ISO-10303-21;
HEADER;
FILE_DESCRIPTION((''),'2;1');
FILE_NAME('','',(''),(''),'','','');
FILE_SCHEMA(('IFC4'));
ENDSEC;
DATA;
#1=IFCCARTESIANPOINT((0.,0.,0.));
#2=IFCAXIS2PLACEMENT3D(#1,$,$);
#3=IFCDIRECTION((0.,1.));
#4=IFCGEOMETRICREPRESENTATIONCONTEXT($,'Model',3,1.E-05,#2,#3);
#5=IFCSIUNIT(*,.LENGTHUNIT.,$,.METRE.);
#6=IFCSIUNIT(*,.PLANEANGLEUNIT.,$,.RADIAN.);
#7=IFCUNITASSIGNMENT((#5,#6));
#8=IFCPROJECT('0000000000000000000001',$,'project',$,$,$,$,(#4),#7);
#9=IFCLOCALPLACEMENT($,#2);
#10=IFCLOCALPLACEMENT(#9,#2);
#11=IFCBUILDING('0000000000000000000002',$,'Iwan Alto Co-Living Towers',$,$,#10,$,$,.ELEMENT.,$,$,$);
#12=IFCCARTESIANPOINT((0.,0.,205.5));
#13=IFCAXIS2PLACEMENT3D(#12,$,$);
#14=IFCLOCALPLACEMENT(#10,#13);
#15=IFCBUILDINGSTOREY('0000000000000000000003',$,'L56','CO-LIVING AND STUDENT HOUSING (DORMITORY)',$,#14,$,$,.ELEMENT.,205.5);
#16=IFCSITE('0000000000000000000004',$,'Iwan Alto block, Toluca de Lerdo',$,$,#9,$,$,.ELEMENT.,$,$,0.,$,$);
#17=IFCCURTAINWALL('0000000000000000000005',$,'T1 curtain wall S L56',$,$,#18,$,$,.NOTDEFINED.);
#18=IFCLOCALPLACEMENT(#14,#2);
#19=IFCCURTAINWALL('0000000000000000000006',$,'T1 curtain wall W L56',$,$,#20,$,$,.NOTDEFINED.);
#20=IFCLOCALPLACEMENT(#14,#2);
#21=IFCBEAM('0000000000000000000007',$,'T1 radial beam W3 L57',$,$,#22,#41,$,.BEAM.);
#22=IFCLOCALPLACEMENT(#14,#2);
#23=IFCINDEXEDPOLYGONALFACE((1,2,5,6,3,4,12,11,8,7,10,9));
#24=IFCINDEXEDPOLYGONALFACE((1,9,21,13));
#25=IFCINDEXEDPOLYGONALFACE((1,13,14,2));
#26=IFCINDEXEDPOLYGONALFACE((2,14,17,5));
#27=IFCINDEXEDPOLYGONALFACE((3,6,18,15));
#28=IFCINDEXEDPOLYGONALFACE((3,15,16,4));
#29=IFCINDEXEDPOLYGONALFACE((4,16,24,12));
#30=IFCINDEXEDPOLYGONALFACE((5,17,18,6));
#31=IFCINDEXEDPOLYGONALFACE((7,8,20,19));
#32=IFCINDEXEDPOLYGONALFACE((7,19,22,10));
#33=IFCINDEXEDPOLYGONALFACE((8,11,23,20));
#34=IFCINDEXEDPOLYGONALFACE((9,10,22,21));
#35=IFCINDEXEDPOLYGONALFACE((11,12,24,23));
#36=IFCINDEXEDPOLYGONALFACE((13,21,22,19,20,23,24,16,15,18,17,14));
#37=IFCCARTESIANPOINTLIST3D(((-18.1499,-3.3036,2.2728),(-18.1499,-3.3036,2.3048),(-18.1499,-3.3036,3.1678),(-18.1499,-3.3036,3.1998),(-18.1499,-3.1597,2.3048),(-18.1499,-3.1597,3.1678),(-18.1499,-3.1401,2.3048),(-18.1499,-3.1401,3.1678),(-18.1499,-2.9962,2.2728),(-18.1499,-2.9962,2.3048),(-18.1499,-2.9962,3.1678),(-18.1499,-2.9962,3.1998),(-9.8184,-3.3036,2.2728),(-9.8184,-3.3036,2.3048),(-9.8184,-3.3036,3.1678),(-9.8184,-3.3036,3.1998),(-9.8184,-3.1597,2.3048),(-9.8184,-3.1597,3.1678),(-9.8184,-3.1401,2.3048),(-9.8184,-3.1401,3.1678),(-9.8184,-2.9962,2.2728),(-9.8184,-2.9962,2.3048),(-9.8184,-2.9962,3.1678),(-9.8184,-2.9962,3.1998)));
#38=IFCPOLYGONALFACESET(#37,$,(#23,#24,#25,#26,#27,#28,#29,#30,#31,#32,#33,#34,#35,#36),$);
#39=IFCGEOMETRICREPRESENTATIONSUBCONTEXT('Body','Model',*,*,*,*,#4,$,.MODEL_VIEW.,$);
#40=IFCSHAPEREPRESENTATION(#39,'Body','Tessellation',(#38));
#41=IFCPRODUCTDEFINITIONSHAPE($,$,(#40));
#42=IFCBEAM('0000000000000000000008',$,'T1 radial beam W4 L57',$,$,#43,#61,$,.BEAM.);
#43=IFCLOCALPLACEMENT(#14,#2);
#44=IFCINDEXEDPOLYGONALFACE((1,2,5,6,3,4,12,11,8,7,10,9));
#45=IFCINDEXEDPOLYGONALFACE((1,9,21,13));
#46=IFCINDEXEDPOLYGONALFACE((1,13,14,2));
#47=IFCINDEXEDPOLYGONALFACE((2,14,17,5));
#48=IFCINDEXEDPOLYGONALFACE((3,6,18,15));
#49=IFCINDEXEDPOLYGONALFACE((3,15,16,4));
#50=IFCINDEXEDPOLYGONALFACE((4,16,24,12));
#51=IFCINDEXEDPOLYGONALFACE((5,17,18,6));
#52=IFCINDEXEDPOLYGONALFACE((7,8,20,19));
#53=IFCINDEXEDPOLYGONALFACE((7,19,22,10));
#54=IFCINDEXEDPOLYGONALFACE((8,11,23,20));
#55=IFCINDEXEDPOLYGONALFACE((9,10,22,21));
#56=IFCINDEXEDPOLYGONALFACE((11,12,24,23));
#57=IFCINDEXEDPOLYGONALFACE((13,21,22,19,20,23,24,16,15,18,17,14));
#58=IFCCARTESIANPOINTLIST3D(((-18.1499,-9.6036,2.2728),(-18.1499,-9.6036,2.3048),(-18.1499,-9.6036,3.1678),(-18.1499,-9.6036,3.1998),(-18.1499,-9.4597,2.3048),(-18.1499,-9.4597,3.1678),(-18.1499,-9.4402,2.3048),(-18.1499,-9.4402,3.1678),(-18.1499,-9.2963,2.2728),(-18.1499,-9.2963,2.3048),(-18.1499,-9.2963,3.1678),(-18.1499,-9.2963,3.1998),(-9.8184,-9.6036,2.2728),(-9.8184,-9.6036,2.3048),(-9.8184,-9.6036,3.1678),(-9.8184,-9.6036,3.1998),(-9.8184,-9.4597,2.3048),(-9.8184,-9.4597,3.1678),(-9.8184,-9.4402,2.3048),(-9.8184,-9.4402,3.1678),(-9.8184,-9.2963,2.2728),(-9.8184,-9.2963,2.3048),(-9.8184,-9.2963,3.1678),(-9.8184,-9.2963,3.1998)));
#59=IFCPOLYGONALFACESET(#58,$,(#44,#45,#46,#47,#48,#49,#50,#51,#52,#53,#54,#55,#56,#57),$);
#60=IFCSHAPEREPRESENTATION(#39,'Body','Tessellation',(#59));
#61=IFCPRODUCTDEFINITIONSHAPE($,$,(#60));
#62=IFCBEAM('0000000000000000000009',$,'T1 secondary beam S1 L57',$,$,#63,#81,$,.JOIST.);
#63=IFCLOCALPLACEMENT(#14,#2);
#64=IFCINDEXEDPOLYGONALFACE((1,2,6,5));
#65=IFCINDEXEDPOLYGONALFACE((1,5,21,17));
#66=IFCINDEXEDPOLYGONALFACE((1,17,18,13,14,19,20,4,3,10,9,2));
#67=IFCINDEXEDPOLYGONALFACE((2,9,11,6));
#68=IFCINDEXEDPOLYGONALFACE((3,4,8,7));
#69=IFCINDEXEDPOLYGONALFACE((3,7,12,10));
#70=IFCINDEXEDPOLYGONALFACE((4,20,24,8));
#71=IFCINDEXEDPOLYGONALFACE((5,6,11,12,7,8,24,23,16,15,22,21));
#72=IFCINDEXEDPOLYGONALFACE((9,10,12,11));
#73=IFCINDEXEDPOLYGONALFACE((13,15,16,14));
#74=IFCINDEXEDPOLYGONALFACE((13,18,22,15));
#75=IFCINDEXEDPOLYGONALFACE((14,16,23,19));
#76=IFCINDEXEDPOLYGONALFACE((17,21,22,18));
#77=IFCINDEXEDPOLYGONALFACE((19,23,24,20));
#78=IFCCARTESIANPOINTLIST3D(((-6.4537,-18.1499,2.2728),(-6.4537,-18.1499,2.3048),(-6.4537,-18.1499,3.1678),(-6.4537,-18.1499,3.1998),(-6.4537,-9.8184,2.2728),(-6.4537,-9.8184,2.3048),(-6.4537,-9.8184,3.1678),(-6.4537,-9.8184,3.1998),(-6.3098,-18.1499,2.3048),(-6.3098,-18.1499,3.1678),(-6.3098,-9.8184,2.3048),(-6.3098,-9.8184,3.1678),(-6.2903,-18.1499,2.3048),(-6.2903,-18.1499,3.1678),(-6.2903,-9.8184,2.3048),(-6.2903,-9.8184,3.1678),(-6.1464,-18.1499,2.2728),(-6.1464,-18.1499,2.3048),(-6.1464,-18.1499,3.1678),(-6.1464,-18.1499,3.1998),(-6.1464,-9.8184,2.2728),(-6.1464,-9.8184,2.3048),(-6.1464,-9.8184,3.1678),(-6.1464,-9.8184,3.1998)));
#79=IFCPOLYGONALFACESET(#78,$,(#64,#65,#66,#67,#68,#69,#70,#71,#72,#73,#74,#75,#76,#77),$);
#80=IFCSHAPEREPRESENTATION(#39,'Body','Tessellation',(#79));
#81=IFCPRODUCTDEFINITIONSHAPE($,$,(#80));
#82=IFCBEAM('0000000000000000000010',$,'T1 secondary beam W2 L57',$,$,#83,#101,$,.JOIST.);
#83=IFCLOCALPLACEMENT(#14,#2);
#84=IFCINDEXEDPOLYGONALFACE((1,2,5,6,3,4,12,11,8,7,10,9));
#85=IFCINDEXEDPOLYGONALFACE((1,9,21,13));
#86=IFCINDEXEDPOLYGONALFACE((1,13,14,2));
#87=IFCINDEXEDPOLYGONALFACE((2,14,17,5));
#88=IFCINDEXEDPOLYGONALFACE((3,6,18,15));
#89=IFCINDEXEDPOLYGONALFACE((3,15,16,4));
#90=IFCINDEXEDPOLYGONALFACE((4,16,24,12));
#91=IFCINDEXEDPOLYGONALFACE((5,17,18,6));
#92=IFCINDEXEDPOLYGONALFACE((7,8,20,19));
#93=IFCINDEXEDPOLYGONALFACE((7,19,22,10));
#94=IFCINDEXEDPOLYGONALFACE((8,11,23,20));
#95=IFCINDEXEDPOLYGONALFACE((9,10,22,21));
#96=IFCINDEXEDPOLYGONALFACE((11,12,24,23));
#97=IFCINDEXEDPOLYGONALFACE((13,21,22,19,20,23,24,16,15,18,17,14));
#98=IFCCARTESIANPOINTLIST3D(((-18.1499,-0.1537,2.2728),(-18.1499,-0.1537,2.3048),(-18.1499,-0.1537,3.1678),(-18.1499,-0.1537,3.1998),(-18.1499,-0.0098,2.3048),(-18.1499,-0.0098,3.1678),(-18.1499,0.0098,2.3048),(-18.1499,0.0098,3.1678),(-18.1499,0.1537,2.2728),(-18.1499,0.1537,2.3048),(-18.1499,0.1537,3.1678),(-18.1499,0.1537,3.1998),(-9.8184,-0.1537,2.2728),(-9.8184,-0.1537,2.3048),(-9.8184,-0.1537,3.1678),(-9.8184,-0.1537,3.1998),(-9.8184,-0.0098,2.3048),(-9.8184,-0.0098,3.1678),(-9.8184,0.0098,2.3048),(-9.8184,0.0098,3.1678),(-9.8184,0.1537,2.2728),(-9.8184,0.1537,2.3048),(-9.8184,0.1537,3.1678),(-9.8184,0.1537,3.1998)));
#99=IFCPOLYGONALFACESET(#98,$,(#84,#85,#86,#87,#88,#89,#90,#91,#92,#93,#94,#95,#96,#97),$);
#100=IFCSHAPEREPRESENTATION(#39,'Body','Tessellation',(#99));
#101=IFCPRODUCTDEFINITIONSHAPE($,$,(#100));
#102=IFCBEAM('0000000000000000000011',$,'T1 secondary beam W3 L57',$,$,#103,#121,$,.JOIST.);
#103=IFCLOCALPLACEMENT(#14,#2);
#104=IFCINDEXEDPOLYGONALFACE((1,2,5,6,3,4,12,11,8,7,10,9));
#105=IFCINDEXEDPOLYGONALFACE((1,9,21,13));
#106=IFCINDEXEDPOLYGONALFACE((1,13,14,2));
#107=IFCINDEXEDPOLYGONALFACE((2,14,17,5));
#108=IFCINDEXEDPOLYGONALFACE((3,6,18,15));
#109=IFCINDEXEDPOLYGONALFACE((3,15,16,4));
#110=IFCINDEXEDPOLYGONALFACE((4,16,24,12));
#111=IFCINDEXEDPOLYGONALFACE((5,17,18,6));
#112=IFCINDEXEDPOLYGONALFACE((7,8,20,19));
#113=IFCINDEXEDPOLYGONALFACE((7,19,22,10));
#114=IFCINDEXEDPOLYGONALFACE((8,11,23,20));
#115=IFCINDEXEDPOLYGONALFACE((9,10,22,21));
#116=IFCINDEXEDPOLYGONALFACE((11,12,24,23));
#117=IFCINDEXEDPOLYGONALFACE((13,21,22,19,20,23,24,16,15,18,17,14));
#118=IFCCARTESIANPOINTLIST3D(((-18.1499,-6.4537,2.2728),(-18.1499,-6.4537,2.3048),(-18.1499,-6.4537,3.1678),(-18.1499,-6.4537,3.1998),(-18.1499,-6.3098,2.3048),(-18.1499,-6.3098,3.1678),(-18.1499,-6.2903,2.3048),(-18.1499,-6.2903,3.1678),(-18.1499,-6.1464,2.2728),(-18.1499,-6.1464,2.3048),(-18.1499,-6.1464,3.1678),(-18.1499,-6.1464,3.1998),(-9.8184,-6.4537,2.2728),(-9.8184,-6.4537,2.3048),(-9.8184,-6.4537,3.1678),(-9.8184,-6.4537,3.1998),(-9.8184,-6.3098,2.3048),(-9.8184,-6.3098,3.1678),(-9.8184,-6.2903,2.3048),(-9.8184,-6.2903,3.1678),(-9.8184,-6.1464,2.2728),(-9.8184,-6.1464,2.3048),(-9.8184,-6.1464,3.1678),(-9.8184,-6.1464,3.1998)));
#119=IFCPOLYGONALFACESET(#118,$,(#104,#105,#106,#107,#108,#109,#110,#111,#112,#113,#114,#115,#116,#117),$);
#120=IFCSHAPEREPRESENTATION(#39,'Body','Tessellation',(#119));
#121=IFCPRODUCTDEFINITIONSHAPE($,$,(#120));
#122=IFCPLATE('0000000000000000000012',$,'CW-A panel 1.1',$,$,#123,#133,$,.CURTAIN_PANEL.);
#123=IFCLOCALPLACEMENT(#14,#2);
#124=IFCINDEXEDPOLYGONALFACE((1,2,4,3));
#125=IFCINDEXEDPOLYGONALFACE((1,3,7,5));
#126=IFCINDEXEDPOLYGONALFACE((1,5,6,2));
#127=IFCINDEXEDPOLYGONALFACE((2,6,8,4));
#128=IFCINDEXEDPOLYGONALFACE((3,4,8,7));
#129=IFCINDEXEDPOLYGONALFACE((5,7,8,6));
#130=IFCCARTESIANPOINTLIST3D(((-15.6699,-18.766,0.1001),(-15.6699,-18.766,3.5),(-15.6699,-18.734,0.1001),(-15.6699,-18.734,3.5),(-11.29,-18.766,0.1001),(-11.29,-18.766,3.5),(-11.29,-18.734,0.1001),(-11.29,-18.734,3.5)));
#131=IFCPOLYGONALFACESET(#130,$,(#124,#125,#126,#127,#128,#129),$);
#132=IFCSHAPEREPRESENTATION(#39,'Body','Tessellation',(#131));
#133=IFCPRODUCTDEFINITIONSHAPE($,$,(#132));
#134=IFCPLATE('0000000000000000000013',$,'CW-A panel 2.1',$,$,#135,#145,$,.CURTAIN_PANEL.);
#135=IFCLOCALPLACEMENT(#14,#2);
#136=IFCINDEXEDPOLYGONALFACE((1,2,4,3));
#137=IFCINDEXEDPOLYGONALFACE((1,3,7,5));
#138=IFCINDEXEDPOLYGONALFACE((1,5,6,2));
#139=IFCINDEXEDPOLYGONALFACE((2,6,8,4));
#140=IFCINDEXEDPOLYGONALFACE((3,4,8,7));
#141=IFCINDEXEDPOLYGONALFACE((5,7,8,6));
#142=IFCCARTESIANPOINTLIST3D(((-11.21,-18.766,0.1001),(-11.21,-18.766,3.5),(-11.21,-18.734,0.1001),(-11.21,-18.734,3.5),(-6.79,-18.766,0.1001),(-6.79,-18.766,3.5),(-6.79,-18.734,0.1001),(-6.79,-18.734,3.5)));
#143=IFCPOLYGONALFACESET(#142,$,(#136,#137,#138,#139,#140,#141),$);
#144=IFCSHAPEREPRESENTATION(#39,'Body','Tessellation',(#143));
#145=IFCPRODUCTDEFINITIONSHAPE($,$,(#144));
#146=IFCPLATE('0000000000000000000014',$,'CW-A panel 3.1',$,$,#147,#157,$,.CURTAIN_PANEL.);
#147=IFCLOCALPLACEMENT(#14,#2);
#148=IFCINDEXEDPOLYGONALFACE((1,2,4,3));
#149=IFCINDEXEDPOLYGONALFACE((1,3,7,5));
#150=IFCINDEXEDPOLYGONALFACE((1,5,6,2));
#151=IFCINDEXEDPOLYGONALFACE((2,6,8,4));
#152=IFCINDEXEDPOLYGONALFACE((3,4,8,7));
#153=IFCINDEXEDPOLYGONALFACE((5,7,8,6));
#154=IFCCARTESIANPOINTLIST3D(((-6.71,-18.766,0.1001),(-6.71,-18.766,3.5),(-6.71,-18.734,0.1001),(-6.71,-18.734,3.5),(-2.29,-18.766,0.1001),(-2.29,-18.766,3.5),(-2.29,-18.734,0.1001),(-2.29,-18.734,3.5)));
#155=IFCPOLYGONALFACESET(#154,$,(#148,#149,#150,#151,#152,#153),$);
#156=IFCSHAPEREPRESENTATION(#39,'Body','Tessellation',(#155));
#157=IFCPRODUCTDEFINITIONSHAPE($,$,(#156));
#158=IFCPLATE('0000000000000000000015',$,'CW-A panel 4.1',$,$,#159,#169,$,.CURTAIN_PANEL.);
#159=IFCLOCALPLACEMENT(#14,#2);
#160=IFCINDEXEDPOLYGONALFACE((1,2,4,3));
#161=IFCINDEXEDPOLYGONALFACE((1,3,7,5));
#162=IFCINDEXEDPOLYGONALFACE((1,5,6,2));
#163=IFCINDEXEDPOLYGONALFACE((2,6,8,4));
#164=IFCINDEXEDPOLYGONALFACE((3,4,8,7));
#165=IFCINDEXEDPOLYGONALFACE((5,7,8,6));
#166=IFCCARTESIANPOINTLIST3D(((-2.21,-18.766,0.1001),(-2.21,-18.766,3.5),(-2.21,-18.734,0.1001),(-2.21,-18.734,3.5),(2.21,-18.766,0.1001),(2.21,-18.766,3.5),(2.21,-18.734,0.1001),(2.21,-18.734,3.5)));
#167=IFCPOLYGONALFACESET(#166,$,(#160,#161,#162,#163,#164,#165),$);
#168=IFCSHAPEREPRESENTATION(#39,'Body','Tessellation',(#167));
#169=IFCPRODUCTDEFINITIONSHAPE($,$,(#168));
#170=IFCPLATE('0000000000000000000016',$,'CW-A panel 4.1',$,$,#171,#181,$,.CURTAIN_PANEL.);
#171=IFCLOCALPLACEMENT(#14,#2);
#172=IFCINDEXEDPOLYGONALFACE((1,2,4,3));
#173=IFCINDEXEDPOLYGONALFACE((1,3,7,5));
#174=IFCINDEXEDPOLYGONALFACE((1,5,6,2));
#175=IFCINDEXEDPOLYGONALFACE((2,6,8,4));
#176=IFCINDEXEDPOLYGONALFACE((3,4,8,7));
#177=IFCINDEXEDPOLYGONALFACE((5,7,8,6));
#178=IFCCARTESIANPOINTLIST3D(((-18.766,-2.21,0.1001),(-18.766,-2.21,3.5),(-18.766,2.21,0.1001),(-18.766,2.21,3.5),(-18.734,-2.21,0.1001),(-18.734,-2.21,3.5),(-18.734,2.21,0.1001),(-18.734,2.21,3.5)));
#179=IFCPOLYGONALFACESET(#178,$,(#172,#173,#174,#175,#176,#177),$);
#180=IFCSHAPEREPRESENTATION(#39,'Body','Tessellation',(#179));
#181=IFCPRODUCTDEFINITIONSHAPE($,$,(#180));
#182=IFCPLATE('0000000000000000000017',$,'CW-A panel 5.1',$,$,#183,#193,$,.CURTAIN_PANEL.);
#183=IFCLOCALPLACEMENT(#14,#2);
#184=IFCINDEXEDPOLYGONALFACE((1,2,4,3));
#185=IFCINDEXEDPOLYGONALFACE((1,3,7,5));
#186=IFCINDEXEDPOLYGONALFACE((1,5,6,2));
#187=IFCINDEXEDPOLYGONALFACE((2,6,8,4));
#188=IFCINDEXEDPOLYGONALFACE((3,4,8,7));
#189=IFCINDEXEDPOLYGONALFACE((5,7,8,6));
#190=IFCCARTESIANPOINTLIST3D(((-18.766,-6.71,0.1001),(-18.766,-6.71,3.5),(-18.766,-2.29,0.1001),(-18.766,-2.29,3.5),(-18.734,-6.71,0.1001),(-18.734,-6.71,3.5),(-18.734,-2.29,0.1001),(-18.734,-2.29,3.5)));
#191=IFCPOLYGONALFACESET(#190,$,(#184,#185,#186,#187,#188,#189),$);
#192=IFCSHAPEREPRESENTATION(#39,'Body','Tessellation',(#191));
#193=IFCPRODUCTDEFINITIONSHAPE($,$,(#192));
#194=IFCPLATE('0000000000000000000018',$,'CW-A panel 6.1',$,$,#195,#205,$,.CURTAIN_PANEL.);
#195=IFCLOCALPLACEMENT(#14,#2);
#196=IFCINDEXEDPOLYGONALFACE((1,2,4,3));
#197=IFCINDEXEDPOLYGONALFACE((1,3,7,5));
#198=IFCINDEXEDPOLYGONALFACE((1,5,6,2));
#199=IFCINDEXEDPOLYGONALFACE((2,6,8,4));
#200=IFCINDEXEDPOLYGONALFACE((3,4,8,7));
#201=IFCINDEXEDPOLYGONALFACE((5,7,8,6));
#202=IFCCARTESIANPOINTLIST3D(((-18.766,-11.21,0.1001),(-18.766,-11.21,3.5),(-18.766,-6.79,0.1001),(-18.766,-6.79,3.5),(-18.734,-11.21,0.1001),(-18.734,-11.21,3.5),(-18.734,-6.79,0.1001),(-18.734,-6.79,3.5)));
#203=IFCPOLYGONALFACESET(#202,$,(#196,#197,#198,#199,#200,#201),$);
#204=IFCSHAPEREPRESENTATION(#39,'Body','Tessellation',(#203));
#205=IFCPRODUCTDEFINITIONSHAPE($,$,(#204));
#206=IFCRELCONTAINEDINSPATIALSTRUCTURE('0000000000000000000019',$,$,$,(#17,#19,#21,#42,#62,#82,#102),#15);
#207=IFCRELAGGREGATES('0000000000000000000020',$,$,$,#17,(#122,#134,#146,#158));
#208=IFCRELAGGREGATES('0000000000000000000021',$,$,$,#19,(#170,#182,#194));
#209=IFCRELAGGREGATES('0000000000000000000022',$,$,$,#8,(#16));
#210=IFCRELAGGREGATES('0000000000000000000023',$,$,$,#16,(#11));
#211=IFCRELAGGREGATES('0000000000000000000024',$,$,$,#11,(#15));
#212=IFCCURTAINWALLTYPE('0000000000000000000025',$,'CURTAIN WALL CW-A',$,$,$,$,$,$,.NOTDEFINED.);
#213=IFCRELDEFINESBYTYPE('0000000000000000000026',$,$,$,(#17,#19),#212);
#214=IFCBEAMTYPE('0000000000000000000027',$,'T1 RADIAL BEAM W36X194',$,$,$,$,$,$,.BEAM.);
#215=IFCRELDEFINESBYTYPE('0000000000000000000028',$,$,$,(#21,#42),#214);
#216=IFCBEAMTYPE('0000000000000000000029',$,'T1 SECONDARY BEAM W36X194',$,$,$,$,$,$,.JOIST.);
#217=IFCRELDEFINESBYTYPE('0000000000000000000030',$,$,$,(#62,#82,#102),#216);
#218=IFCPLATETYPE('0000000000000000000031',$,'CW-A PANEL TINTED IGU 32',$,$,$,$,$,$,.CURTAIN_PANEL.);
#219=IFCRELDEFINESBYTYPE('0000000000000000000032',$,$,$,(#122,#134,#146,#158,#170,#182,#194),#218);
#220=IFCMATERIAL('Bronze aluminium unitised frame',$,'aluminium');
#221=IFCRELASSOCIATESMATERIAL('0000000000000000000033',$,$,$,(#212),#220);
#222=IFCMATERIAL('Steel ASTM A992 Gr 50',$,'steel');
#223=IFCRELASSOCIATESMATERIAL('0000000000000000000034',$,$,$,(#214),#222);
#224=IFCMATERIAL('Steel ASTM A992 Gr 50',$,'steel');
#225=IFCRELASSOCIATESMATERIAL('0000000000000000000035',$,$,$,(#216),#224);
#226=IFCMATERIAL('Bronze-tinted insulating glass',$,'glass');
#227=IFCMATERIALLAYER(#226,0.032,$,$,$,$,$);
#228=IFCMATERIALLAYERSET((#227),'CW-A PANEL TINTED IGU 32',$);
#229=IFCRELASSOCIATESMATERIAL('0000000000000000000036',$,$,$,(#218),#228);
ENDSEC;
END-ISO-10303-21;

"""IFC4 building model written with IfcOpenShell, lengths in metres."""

from ifc_helpers import new_model, si_unit, direction, frame, origin, origin_2d, place, context, subcontext, project, spatial, rectangle, i_section, extrude, material, layer, layer_set, material_profile, profile_set, type_object, element, aggregate, save


model = new_model("IFC4")

# Units and contexts
model_context = context("Model", 3, precision=1e-05, world=origin(), true_north=direction((0.0, 1.0)))
body_context = subcontext(model_context, "Body", "Model", "MODEL_VIEW")
ifc_project = project(units=[si_unit("LENGTHUNIT", "METRE"), si_unit("PLANEANGLEUNIT", "RADIAN")], contexts=[model_context])

# Site, building, storey
site_placement = place(None, origin())
site = spatial("IfcSite", under=ifc_project, at=site_placement, Name="Iwan Alto block, Toluca de Lerdo", CompositionType="ELEMENT", RefElevation=0.0)
building_placement = place(site_placement, origin())
building = spatial("IfcBuilding", under=site, at=building_placement, Name="Iwan Alto Co-Living Towers", CompositionType="ELEMENT")
storey_placement = place(building_placement, frame((0.0, 0.0, 205.5)))
storey = spatial("IfcBuildingStorey", under=building, at=storey_placement, Name="L56", Description="CO-LIVING AND STUDENT HOUSING (DORMITORY)", CompositionType="ELEMENT", Elevation=205.5)

# Curtain walls
ifc_material_1 = material(Name="Bronze aluminium unitised frame", Category="aluminium")
curtain_wall_type_1 = type_object("IfcCurtainWallType", Name="CURTAIN WALL CW-A", PredefinedType="NOTDEFINED", material=ifc_material_1)
curtain_wall_1_placement = place(storey_placement, origin())
curtain_wall_1 = element("IfcCurtainWall", 1, at=curtain_wall_1_placement, inside=storey, type_object=curtain_wall_type_1, Name="T1 curtain wall S L56", PredefinedType="NOTDEFINED")
curtain_wall_2_placement = place(storey_placement, origin())
curtain_wall_2 = element("IfcCurtainWall", 2, at=curtain_wall_2_placement, inside=storey, type_object=curtain_wall_type_1, Name="T1 curtain wall W L56", PredefinedType="NOTDEFINED")

# Beams
ifc_material_2 = material(Name="Steel ASTM A992 Gr 50", Category="steel")
ifc_material_profile_1 = material_profile(ifc_material_2, i_section(OverallWidth=0.3074, OverallDepth=0.927, WebThickness=0.0195, FlangeThickness=0.032, at=origin_2d()), Name="W36X194")
ifc_profile_set_1 = profile_set([ifc_material_profile_1], Name="Steel ASTM A992 Gr 50")
beam_type_1 = type_object("IfcBeamType", Name="T1 RADIAL BEAM W36X194", PredefinedType="BEAM", material=ifc_profile_set_1)
for number, where, z_axis, x_axis, name in (
    (3, (-18.1499, -3.1499, 2.7363), (1.0, 0.0, 0.0), (0.0, 1.0, 0.0), "T1 radial beam W3 L57"),
    (4, (-18.1499, -9.45, 2.7363), (1.0, 0.0, 0.0), (0.0, 1.0, 0.0), "T1 radial beam W4 L57"),
):
    element("IfcBeam", number, at=place(storey_placement, frame(where, z_axis=z_axis, x_axis=x_axis)), inside=storey, type_object=beam_type_1, Name=name, PredefinedType="BEAM", context=body_context, shape_type="SweptSolid", body=[
        extrude(i_section(OverallWidth=0.3074, OverallDepth=0.927, WebThickness=0.0195, FlangeThickness=0.032, at=origin_2d()), origin(), (0.0, 0.0, 1.0), 8.3315),
    ])
ifc_material_3 = material(Name="Steel ASTM A992 Gr 50", Category="steel")
ifc_material_profile_2 = material_profile(ifc_material_3, i_section(OverallWidth=0.3074, OverallDepth=0.927, WebThickness=0.0195, FlangeThickness=0.032, at=origin_2d()), Name="W36X194")
ifc_profile_set_2 = profile_set([ifc_material_profile_2], Name="Steel ASTM A992 Gr 50")
beam_type_2 = type_object("IfcBeamType", Name="T1 SECONDARY BEAM W36X194", PredefinedType="JOIST", material=ifc_profile_set_2)
for number, where, z_axis, x_axis, name in (
    (5, (-6.3, -18.1499, 2.7363), (0.0, 1.0, 0.0), (-1.0, 0.0, 0.0), "T1 secondary beam S1 L57"),
    (6, (-18.1499, 0.0, 2.7363), (1.0, 0.0, 0.0), (0.0, 1.0, 0.0), "T1 secondary beam W2 L57"),
    (7, (-18.1499, -6.3, 2.7363), (1.0, 0.0, 0.0), (0.0, 1.0, 0.0), "T1 secondary beam W3 L57"),
):
    element("IfcBeam", number, at=place(storey_placement, frame(where, z_axis=z_axis, x_axis=x_axis)), inside=storey, type_object=beam_type_2, Name=name, PredefinedType="JOIST", context=body_context, shape_type="SweptSolid", body=[
        extrude(i_section(OverallWidth=0.3074, OverallDepth=0.927, WebThickness=0.0195, FlangeThickness=0.032, at=origin_2d()), origin(), (0.0, 0.0, 1.0), 8.3315),
    ])

# Plates
ifc_material_4 = material(Name="Bronze-tinted insulating glass", Category="glass")
ifc_layer_1 = layer(ifc_material_4, 0.032)
ifc_layer_set_1 = layer_set([ifc_layer_1], Name="CW-A PANEL TINTED IGU 32")
plate_type_1 = type_object("IfcPlateType", Name="CW-A PANEL TINTED IGU 32", PredefinedType="CURTAIN_PANEL", material=ifc_layer_set_1)
plate_1_placement = place(storey_placement, frame((-13.48, -18.75, 0.1001), z_axis=(0.0, 0.0, 1.0), x_axis=(1.0, 0.0, 0.0)))
plate_1 = element("IfcPlate", 8, at=plate_1_placement, type_object=plate_type_1, Name="CW-A panel 1.1", PredefinedType="CURTAIN_PANEL", context=body_context, shape_type="SweptSolid", body=[
    extrude(rectangle(XDim=4.3799, YDim=0.032, at=origin_2d()), origin(), (0.0, 0.0, 1.0), 3.3999),
])
plate_2_placement = place(storey_placement, frame((-9.0, -18.75, 0.1001), z_axis=(0.0, 0.0, 1.0), x_axis=(1.0, 0.0, 0.0)))
plate_2 = element("IfcPlate", 9, at=plate_2_placement, type_object=plate_type_1, Name="CW-A panel 2.1", PredefinedType="CURTAIN_PANEL", context=body_context, shape_type="SweptSolid", body=[
    extrude(rectangle(XDim=4.4199, YDim=0.032, at=origin_2d()), origin(), (0.0, 0.0, 1.0), 3.3999),
])
plate_3_placement = place(storey_placement, frame((-4.5, -18.75, 0.1001), z_axis=(0.0, 0.0, 1.0), x_axis=(1.0, 0.0, 0.0)))
plate_3 = element("IfcPlate", 10, at=plate_3_placement, type_object=plate_type_1, Name="CW-A panel 3.1", PredefinedType="CURTAIN_PANEL", context=body_context, shape_type="SweptSolid", body=[
    extrude(rectangle(XDim=4.4199, YDim=0.032, at=origin_2d()), origin(), (0.0, 0.0, 1.0), 3.3999),
])
plate_4_placement = place(storey_placement, frame((0.0, -18.75, 0.1001), z_axis=(0.0, 0.0, 1.0), x_axis=(1.0, 0.0, 0.0)))
plate_4 = element("IfcPlate", 11, at=plate_4_placement, type_object=plate_type_1, Name="CW-A panel 4.1", PredefinedType="CURTAIN_PANEL", context=body_context, shape_type="SweptSolid", body=[
    extrude(rectangle(XDim=4.4199, YDim=0.032, at=origin_2d()), origin(), (0.0, 0.0, 1.0), 3.3999),
])
aggregate(curtain_wall_1, [plate_1, plate_2, plate_3, plate_4])
plate_5_placement = place(storey_placement, frame((-18.75, 0.0, 0.1001), z_axis=(0.0, 0.0, 1.0), x_axis=(0.0, -1.0, 0.0)))
plate_5 = element("IfcPlate", 12, at=plate_5_placement, type_object=plate_type_1, Name="CW-A panel 4.1", PredefinedType="CURTAIN_PANEL", context=body_context, shape_type="SweptSolid", body=[
    extrude(rectangle(XDim=4.4199, YDim=0.032, at=origin_2d()), origin(), (0.0, 0.0, 1.0), 3.3999),
])
plate_6_placement = place(storey_placement, frame((-18.75, -4.5, 0.1001), z_axis=(0.0, 0.0, 1.0), x_axis=(0.0, -1.0, 0.0)))
plate_6 = element("IfcPlate", 13, at=plate_6_placement, type_object=plate_type_1, Name="CW-A panel 5.1", PredefinedType="CURTAIN_PANEL", context=body_context, shape_type="SweptSolid", body=[
    extrude(rectangle(XDim=4.4199, YDim=0.032, at=origin_2d()), origin(), (0.0, 0.0, 1.0), 3.3999),
])
plate_7_placement = place(storey_placement, frame((-18.75, -9.0, 0.1001), z_axis=(0.0, 0.0, 1.0), x_axis=(0.0, -1.0, 0.0)))
plate_7 = element("IfcPlate", 14, at=plate_7_placement, type_object=plate_type_1, Name="CW-A panel 6.1", PredefinedType="CURTAIN_PANEL", context=body_context, shape_type="SweptSolid", body=[
    extrude(rectangle(XDim=4.4199, YDim=0.032, at=origin_2d()), origin(), (0.0, 0.0, 1.0), 3.3999),
])
aggregate(curtain_wall_2, [plate_5, plate_6, plate_7])

save(model, "model.ifc")
